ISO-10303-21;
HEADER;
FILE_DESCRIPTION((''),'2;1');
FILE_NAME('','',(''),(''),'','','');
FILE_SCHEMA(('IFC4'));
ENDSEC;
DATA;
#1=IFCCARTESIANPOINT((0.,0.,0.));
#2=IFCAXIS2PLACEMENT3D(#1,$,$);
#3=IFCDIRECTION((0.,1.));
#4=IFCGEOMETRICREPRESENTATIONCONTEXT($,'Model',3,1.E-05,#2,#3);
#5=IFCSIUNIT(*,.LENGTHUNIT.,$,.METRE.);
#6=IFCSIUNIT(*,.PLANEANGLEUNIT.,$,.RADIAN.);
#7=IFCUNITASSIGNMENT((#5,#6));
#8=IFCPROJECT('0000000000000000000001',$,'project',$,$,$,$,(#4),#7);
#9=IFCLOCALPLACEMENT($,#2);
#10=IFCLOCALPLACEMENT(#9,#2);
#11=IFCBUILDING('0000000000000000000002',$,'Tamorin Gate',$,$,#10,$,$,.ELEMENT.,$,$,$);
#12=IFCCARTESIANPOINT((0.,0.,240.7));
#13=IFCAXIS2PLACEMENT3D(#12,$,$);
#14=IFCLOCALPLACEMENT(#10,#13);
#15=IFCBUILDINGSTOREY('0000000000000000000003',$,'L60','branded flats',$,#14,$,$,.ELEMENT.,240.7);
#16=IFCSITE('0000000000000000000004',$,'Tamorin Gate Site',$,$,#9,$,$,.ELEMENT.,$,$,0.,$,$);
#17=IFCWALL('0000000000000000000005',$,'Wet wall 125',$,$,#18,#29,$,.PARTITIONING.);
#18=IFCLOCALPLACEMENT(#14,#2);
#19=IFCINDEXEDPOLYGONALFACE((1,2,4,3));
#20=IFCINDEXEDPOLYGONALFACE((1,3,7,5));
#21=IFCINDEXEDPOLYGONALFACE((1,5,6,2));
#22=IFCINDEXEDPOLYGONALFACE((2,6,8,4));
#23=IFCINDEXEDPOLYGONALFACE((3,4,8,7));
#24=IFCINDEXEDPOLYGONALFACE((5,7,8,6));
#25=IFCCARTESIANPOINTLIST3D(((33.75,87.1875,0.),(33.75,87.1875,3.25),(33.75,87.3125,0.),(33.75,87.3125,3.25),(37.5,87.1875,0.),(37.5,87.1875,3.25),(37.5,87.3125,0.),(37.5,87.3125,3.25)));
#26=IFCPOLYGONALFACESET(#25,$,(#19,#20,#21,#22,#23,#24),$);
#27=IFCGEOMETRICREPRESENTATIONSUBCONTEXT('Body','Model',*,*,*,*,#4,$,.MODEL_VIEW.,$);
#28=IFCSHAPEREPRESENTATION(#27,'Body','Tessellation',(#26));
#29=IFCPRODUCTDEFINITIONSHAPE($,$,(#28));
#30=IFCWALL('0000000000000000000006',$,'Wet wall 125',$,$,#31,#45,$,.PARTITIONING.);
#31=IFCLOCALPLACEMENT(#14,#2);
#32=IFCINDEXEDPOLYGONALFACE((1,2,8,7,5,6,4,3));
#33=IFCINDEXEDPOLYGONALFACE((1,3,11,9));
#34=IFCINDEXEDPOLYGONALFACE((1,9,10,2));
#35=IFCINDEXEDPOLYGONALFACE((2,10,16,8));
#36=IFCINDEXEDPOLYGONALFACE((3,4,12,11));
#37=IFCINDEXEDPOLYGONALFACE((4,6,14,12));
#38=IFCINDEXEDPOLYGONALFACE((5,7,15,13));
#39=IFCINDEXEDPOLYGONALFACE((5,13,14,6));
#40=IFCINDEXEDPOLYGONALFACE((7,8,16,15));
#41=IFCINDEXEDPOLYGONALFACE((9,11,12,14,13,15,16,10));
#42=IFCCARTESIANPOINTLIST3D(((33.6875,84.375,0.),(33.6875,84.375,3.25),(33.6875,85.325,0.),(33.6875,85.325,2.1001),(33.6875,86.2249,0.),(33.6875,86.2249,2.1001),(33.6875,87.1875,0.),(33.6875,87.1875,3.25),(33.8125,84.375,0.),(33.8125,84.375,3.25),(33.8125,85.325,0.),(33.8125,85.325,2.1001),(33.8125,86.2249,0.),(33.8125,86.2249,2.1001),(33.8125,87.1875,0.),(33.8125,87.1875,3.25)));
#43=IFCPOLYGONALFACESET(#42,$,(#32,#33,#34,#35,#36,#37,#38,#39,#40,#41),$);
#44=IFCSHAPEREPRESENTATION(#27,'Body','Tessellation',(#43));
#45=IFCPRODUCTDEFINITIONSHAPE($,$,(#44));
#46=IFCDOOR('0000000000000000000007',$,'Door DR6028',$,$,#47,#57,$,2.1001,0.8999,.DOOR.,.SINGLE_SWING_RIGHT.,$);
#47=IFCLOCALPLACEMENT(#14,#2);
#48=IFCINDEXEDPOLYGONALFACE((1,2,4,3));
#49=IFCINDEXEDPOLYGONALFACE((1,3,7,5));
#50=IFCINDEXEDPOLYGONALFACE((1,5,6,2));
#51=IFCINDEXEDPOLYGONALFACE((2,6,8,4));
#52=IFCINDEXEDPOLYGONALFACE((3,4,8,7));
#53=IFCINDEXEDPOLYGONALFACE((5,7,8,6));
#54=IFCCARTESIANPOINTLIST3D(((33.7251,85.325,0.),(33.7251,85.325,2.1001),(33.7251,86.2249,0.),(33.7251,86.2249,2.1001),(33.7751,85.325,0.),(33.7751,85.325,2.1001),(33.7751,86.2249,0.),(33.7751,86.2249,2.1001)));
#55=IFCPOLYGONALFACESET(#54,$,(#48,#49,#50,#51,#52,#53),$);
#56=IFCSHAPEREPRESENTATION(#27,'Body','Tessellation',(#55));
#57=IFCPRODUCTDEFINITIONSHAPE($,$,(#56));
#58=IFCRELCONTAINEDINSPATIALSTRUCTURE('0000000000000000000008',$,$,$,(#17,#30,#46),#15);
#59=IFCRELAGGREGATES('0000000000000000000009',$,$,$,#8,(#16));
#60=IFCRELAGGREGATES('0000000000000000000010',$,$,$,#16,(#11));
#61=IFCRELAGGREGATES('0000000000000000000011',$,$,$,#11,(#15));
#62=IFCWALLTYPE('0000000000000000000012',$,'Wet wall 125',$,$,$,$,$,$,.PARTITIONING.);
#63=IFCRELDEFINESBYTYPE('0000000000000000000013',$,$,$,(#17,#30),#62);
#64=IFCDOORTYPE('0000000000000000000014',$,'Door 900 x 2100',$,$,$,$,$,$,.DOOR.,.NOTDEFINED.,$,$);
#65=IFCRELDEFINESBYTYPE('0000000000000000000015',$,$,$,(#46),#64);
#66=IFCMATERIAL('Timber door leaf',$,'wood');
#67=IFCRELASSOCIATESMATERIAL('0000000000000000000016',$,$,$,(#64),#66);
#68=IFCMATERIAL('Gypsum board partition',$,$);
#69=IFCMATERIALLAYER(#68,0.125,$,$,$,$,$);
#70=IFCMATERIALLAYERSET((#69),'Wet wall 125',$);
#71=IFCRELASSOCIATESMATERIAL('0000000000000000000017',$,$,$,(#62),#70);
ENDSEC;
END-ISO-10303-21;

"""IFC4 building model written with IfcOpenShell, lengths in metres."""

from ifc_helpers import new_model, si_unit, direction, frame, frame_2d, origin, place, context, subcontext, project, spatial, rectangle, extrude, material, layer, layer_set, type_object, element, fill, save


model = new_model("IFC4")

# Units and contexts
model_context = context("Model", 3, precision=1e-05, world=origin(), true_north=direction((0.0, 1.0)))
body_context = subcontext(model_context, "Body", "Model", "MODEL_VIEW")
ifc_project = project(units=[si_unit("LENGTHUNIT", "METRE"), si_unit("PLANEANGLEUNIT", "RADIAN")], contexts=[model_context])

# Site, building, storey
site_placement = place(None, origin())
site = spatial("IfcSite", under=ifc_project, at=site_placement, Name="Tamorin Gate Site", CompositionType="ELEMENT", RefElevation=0.0)
building_placement = place(site_placement, origin())
building = spatial("IfcBuilding", under=site, at=building_placement, Name="Tamorin Gate", CompositionType="ELEMENT")
storey_placement = place(building_placement, frame((0.0, 0.0, 240.7)))
storey = spatial("IfcBuildingStorey", under=building, at=storey_placement, Name="L60", Description="branded flats", CompositionType="ELEMENT", Elevation=240.7)

# Shared definitions
ifc_material_1 = material(Name="Gypsum board partition")
ifc_material_2 = material(Name="Timber door leaf", Category="wood")

# Shared definitions
door_type_1 = type_object("IfcDoorType", Name="Door 900 x 2100", OperationType="NOTDEFINED", PredefinedType="DOOR", material=ifc_material_2)

# Wall
ifc_layer_1 = layer(ifc_material_1, 0.125)
ifc_layer_set_1 = layer_set([ifc_layer_1], Name="Wet wall 125")
wall_type_1 = type_object("IfcWallType", Name="Wet wall 125", PredefinedType="PARTITIONING", material=ifc_layer_set_1)
wall_1_placement = place(storey_placement, frame((33.75, 87.25, 0.0), z_axis=(0.0, 0.0, 1.0), x_axis=(1.0, 0.0, 0.0)))
element("IfcWall", 1, at=wall_1_placement, inside=storey, type_object=wall_type_1, Name="Wet wall 125", PredefinedType="PARTITIONING", context=body_context, shape_type="SweptSolid", body=[
    extrude(rectangle(XDim=3.75, YDim=0.125, at=frame_2d((1.875, 0.0))), origin(), (0.0, 0.0, 1.0), 3.25),
])

# Wall, opening, door
wall_2_placement = place(storey_placement, frame((33.75, 84.375, 0.0), z_axis=(0.0, 0.0, 1.0), x_axis=(0.0, 1.0, 0.0)))
wall_2 = element("IfcWall", 2, at=wall_2_placement, inside=storey, type_object=wall_type_1, Name="Wet wall 125", PredefinedType="PARTITIONING", context=body_context, shape_type="SweptSolid", body=[
    extrude(rectangle(XDim=2.8125, YDim=0.125, at=frame_2d((1.4062, 0.0))), origin(), (0.0, 0.0, 1.0), 3.25),
])
opening_1_placement = place(wall_2_placement, frame((0.95, 0.0, 0.0)))
opening_1 = element("IfcOpeningElement", 3, at=opening_1_placement, cuts=wall_2, PredefinedType="OPENING", context=body_context, shape_type="SweptSolid", body=[
    extrude(rectangle(XDim=0.8999, YDim=2.1001, at=frame_2d((0.45, 1.05))), frame((0.0, 0.0725, 0.0), z_axis=(0.0, -1.0, 0.0), x_axis=(1.0, 0.0, 0.0)), (0.0, 0.0, 1.0), 0.145),
])
door_1_placement = place(opening_1_placement, origin())
door_1 = element("IfcDoor", 4, at=door_1_placement, inside=storey, type_object=door_type_1, Name="Door DR6028", OperationType="SINGLE_SWING_RIGHT", OverallHeight=2.1001, OverallWidth=0.8999, PredefinedType="DOOR", context=body_context, shape_type="SweptSolid", body=[
    extrude(rectangle(XDim=0.8999, YDim=2.1001, at=frame_2d((0.45, 1.05))), frame((0.0, 0.0249, 0.0), z_axis=(0.0, -1.0, 0.0), x_axis=(1.0, 0.0, 0.0)), (0.0, 0.0, 1.0), 0.05),
])
fill(opening_1, door_1)

save(model, "model.ifc")
